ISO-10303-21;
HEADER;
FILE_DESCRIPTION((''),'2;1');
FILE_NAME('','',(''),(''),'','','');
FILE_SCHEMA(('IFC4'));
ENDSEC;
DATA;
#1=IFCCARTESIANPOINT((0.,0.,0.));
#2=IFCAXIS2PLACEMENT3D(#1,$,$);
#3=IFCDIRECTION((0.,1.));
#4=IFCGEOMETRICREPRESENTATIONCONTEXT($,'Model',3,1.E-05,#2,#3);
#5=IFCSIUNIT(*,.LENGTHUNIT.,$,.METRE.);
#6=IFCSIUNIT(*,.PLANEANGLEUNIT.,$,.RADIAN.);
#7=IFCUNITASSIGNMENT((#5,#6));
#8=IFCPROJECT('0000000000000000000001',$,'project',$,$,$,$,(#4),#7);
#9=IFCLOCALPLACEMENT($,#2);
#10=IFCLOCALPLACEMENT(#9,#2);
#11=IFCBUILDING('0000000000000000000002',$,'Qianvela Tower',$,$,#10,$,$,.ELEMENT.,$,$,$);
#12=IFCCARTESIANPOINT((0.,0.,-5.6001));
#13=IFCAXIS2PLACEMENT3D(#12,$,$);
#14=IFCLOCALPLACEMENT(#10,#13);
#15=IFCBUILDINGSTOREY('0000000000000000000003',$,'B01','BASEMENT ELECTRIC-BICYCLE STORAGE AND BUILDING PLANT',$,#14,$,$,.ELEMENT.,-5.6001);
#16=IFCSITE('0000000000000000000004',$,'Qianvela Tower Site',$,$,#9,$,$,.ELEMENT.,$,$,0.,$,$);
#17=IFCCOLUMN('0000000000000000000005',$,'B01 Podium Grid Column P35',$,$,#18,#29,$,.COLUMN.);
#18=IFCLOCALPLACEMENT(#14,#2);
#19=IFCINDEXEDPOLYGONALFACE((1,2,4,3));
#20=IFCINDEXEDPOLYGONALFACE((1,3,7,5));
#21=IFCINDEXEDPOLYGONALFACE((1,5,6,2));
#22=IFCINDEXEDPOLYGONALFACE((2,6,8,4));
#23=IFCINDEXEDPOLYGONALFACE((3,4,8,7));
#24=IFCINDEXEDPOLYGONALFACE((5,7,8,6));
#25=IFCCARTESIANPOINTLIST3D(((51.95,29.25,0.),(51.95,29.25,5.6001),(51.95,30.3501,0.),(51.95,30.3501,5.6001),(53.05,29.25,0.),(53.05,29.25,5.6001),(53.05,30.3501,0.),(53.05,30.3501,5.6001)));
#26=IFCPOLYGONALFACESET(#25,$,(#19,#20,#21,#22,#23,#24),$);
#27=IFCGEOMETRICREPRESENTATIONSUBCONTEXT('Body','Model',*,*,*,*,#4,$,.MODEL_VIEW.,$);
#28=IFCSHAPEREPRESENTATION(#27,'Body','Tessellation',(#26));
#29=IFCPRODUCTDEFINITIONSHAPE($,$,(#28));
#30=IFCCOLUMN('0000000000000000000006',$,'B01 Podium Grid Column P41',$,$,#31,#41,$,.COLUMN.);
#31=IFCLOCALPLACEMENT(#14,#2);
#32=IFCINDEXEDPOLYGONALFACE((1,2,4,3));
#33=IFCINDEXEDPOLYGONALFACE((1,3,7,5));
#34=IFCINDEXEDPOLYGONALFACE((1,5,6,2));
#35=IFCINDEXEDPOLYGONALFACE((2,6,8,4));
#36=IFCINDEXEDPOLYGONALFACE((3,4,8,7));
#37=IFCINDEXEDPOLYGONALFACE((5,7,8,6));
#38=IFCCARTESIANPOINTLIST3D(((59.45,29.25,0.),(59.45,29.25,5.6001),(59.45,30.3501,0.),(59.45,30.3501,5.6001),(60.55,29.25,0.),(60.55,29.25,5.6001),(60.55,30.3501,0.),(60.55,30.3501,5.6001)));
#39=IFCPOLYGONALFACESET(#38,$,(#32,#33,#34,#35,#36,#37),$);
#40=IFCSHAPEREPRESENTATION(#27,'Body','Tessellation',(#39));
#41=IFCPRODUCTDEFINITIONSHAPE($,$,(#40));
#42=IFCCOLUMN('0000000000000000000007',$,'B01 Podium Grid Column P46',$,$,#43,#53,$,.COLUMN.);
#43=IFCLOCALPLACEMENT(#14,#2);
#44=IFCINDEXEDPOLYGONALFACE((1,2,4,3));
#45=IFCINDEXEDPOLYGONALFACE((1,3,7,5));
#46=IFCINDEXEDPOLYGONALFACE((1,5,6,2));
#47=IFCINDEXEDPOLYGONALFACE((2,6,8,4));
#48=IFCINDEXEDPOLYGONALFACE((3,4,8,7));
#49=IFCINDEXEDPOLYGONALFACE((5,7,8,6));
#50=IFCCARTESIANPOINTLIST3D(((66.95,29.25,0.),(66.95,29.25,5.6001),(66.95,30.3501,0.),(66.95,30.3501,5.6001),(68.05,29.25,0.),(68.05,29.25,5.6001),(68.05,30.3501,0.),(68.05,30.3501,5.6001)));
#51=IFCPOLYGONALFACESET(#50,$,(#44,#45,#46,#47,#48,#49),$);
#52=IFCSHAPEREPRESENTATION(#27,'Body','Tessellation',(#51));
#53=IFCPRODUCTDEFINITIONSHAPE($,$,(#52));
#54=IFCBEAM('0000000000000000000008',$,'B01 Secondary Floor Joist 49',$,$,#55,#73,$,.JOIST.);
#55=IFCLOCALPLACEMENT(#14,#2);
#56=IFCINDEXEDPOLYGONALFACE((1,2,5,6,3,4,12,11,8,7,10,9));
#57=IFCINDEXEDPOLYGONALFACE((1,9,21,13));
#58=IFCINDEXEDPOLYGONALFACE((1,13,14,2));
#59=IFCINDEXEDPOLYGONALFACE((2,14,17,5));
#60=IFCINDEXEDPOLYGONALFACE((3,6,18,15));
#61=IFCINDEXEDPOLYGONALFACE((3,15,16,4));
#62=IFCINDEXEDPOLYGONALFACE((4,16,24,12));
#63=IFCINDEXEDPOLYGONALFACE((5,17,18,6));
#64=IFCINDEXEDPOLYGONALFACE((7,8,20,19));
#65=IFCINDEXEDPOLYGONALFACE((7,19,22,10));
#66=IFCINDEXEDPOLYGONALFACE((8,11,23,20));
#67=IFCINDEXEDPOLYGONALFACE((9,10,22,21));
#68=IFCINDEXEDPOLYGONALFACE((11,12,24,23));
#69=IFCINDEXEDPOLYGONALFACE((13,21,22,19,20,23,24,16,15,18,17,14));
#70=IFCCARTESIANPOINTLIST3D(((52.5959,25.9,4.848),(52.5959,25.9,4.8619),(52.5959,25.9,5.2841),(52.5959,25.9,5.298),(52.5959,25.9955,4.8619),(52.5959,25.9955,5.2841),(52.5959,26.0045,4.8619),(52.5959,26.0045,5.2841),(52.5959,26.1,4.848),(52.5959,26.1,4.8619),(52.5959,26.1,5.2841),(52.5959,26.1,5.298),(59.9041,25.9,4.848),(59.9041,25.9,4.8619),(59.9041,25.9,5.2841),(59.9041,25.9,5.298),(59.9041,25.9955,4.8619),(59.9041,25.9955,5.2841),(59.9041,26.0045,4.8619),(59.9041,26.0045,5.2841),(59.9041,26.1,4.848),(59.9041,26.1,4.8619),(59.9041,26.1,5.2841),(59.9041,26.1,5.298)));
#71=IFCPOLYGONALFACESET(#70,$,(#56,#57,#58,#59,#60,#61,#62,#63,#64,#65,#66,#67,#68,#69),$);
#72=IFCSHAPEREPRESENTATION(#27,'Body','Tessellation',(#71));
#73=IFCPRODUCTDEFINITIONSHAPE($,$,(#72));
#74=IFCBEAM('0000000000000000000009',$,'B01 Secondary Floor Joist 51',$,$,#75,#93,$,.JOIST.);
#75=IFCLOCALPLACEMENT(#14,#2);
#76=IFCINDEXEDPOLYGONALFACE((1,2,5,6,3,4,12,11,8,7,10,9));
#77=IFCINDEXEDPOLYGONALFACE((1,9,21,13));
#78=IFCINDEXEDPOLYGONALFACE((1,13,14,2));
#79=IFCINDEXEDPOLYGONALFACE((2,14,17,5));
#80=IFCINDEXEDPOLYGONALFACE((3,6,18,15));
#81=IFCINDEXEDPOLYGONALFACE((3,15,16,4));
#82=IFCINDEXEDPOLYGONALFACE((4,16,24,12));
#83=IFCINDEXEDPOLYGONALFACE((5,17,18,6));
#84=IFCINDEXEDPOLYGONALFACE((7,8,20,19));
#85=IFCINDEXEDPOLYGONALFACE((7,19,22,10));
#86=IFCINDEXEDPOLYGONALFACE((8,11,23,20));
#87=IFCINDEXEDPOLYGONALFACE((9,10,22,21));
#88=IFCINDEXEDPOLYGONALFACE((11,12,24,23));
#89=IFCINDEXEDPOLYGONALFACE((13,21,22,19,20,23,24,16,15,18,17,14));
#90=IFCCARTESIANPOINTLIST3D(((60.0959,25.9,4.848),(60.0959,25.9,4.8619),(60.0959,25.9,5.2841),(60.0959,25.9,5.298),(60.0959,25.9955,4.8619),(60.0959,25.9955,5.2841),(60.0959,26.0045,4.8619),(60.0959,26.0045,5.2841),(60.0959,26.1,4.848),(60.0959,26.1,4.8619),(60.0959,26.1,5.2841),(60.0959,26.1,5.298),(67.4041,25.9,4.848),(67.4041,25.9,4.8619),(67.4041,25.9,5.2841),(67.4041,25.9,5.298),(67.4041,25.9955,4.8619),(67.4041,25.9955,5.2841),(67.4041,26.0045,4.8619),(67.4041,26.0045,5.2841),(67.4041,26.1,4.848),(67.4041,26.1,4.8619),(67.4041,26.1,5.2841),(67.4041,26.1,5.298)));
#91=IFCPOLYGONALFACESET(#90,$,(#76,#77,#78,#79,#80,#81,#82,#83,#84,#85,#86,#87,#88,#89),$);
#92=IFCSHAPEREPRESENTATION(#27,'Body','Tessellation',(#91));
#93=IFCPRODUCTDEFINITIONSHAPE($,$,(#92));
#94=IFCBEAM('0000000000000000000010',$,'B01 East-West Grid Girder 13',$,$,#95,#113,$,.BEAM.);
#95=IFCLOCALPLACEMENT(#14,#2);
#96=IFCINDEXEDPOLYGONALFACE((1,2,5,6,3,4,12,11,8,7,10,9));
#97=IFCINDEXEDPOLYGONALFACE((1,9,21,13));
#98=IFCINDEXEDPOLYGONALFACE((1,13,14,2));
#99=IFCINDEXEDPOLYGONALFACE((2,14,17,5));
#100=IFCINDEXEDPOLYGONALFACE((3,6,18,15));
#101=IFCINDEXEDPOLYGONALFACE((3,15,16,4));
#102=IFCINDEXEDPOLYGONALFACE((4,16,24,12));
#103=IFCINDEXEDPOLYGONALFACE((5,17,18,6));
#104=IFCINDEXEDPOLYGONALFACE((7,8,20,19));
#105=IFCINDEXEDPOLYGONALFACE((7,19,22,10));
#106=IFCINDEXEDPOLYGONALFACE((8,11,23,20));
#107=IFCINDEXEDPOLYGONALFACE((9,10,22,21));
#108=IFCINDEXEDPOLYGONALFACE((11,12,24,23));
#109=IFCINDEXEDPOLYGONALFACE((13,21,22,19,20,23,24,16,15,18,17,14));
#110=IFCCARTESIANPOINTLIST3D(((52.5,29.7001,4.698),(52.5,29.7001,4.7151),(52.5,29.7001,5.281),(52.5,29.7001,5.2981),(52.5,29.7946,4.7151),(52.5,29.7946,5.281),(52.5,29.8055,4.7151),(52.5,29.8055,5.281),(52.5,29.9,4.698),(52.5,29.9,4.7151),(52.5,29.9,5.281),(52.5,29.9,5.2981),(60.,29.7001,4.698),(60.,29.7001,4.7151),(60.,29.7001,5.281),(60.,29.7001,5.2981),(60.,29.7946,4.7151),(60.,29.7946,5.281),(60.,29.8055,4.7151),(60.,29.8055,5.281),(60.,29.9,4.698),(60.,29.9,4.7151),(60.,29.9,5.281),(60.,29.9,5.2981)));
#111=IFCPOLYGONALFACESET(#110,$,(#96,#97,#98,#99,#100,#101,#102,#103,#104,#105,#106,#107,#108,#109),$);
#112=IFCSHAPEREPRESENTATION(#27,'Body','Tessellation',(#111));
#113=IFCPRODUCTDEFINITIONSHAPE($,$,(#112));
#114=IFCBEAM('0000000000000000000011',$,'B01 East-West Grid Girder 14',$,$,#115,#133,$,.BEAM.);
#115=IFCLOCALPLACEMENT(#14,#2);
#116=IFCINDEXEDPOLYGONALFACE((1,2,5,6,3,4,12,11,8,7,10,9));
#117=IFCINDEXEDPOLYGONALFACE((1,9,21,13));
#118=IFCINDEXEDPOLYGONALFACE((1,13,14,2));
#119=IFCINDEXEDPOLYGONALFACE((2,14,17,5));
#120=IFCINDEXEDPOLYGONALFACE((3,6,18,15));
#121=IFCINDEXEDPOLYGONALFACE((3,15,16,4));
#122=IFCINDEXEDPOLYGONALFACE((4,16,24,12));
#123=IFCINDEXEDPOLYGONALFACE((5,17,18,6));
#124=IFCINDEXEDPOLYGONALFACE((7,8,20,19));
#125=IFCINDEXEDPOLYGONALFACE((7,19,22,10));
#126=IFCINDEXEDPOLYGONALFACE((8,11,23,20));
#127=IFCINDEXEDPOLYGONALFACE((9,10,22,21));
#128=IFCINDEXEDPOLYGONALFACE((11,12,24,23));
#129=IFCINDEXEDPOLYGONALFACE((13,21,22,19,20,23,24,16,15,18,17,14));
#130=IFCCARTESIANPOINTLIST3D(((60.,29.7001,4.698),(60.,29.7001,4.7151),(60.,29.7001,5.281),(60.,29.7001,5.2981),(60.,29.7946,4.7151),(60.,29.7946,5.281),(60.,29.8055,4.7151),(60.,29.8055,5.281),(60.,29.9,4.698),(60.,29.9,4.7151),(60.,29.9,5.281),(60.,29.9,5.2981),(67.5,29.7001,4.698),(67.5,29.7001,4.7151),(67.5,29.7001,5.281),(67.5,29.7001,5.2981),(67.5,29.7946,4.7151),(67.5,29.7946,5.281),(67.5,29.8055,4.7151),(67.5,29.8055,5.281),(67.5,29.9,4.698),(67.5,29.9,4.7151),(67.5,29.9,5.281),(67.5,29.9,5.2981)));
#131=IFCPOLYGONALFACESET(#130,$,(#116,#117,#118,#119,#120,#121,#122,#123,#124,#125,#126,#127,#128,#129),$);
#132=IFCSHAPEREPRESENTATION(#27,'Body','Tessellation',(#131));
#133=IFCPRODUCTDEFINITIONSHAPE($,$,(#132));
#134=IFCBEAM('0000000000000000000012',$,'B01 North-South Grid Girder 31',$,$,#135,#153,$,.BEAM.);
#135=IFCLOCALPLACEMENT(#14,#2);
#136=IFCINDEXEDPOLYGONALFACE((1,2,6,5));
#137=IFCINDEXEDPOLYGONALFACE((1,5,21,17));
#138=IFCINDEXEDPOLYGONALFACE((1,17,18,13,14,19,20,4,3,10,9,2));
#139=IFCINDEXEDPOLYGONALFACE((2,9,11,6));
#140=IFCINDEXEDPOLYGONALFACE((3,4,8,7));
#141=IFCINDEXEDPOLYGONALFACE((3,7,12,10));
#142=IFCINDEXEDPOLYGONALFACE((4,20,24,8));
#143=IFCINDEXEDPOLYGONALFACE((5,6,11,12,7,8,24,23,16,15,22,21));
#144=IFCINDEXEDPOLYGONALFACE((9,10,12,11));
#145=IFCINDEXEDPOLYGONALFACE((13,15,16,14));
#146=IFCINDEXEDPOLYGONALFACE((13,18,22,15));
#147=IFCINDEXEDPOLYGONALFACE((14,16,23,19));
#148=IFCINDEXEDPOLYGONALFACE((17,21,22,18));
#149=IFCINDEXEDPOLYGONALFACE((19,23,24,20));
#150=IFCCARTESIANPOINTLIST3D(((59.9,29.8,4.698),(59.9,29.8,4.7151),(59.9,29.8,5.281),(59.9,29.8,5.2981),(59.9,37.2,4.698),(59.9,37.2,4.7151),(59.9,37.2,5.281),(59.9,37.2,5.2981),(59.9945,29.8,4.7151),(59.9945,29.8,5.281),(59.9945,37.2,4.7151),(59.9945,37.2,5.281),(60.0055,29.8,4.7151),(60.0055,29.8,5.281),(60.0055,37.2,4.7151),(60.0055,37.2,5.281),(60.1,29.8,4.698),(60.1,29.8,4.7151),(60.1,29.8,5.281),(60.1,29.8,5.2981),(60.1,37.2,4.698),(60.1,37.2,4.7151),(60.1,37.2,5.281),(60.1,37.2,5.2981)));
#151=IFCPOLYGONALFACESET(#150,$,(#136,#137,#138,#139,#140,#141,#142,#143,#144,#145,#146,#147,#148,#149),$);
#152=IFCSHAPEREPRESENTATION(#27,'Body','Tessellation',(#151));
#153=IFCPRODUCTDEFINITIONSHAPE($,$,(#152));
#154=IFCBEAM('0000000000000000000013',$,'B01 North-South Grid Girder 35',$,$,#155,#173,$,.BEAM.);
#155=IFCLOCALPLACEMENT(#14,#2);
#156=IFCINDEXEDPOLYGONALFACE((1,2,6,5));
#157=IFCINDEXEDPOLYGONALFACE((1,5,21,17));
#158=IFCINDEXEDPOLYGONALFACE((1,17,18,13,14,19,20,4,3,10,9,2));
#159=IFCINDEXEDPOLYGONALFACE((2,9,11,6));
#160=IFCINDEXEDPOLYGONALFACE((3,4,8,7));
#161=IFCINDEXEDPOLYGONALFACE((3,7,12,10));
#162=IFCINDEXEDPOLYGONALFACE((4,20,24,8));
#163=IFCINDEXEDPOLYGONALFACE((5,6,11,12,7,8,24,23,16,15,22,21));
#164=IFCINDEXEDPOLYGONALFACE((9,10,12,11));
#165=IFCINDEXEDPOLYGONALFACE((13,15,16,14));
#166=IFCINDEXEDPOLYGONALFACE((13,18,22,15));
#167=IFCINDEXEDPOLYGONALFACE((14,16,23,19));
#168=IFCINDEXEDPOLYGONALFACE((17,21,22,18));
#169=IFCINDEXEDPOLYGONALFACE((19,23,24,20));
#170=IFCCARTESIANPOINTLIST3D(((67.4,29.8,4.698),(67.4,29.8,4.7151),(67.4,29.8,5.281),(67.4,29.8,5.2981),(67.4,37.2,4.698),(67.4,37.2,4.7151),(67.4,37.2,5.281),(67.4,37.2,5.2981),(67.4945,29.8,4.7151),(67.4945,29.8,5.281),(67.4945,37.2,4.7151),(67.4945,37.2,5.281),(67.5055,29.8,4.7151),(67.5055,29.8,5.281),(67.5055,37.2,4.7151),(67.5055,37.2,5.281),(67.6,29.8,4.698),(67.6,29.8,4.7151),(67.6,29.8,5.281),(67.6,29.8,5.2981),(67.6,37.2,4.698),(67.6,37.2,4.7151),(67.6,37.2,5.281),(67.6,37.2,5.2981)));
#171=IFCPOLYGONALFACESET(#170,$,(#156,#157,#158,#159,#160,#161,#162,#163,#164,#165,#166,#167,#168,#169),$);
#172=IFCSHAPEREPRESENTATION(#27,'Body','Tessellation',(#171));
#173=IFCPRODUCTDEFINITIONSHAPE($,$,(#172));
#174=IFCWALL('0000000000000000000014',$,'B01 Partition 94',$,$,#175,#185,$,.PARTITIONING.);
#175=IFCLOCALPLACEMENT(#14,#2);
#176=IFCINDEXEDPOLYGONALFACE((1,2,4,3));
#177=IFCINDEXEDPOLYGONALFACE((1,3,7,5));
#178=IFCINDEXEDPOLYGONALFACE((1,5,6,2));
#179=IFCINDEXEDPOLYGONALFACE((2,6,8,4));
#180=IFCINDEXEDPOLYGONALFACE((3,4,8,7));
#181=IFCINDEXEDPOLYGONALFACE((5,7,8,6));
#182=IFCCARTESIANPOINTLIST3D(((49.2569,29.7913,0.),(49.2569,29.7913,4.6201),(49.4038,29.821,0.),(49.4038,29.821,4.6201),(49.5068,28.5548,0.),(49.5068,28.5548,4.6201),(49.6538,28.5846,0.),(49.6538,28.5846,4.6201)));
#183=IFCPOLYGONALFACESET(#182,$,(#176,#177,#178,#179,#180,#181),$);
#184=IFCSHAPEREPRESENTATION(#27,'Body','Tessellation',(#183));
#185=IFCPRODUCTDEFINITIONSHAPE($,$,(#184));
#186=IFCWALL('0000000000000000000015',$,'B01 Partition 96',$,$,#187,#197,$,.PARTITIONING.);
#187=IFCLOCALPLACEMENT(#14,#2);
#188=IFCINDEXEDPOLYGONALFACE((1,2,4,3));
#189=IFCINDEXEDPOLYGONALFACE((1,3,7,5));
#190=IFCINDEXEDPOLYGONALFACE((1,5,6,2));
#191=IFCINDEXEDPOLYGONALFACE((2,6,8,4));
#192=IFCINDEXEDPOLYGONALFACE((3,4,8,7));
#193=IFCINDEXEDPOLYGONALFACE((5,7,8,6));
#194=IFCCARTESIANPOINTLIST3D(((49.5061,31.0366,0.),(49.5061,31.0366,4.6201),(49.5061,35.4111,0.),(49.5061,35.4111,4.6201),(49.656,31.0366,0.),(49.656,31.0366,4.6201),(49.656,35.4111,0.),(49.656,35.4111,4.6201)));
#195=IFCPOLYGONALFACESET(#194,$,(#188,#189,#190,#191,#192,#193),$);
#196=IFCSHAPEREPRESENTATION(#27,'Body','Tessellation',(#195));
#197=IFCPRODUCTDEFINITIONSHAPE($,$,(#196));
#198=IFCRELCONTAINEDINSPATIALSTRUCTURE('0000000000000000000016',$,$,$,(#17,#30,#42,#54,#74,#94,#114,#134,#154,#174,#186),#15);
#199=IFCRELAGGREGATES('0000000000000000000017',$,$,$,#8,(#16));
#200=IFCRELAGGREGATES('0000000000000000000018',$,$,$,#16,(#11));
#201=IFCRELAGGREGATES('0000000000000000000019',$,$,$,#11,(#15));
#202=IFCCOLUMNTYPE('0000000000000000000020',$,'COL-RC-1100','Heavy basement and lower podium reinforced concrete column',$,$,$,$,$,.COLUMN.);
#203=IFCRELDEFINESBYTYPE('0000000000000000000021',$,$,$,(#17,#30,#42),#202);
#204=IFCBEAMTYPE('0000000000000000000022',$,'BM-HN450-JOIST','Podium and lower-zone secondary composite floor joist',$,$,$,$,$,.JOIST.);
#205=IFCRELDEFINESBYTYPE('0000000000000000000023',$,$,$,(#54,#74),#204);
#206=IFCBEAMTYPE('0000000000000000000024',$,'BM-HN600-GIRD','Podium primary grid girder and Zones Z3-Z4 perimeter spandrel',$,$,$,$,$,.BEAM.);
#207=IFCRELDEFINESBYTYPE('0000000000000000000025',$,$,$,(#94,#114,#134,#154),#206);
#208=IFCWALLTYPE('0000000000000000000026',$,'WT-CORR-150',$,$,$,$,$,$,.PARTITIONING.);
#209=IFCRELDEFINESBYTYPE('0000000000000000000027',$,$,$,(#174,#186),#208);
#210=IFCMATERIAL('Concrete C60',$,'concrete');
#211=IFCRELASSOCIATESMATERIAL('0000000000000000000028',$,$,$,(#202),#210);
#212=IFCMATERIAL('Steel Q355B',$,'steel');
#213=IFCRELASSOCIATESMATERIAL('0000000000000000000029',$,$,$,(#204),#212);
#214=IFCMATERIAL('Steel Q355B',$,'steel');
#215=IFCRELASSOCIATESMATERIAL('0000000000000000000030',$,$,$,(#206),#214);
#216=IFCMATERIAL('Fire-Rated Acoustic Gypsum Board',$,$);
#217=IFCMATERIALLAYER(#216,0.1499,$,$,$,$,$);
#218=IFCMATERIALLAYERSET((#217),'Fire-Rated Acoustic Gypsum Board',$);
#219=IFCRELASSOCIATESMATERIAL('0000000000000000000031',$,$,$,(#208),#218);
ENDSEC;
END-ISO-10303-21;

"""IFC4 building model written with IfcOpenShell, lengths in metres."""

from ifc_helpers import new_model, si_unit, direction, frame, frame_2d, origin, origin_2d, place, context, subcontext, project, spatial, rectangle, i_section, extrude, material, layer, layer_set, material_profile, profile_set, type_object, element, save


model = new_model("IFC4")

# Units and contexts
model_context = context("Model", 3, precision=1e-05, world=origin(), true_north=direction((0.0, 1.0)))
body_context = subcontext(model_context, "Body", "Model", "MODEL_VIEW")
ifc_project = project(units=[si_unit("LENGTHUNIT", "METRE"), si_unit("PLANEANGLEUNIT", "RADIAN")], contexts=[model_context])

# Site, building, storey
site_placement = place(None, origin())
site = spatial("IfcSite", under=ifc_project, at=site_placement, Name="Qianvela Tower Site", CompositionType="ELEMENT", RefElevation=0.0)
building_placement = place(site_placement, origin())
building = spatial("IfcBuilding", under=site, at=building_placement, Name="Qianvela Tower", CompositionType="ELEMENT")
storey_placement = place(building_placement, frame((0.0, 0.0, -5.6001)))
storey = spatial("IfcBuildingStorey", under=building, at=storey_placement, Name="B01", Description="BASEMENT ELECTRIC-BICYCLE STORAGE AND BUILDING PLANT", CompositionType="ELEMENT", Elevation=-5.6001)

# Columns
ifc_material_1 = material(Name="Concrete C60", Category="concrete")
ifc_material_profile_1 = material_profile(ifc_material_1, rectangle(XDim=1.1001, YDim=1.1001, at=origin_2d()), Name="RC-COL-1100x1100")
ifc_profile_set_1 = profile_set([ifc_material_profile_1], Name="Concrete C60")
column_type = type_object("IfcColumnType", Name="COL-RC-1100", Description="Heavy basement and lower podium reinforced concrete column", PredefinedType="COLUMN", material=ifc_profile_set_1)
for number, where, z_axis, x_axis, name in (
    (1, (52.5, 29.8, 0.0), (0.0, 0.0, 1.0), (1.0, 0.0, 0.0), "B01 Podium Grid Column P35"),
    (2, (60.0, 29.8, 0.0), (0.0, 0.0, 1.0), (1.0, 0.0, 0.0), "B01 Podium Grid Column P41"),
    (3, (67.5, 29.8, 0.0), (0.0, 0.0, 1.0), (1.0, 0.0, 0.0), "B01 Podium Grid Column P46"),
):
    element("IfcColumn", number, at=place(storey_placement, frame(where, z_axis=z_axis, x_axis=x_axis)), inside=storey, type_object=column_type, Name=name, PredefinedType="COLUMN", context=body_context, shape_type="SweptSolid", body=[
        extrude(rectangle(XDim=1.1001, YDim=1.1001, at=origin_2d()), origin(), (0.0, 0.0, 1.0), 5.6001),
    ])

# Beams
ifc_material_2 = material(Name="Steel Q355B", Category="steel")
ifc_material_profile_2 = material_profile(ifc_material_2, i_section(OverallWidth=0.2, OverallDepth=0.45, WebThickness=0.009, FlangeThickness=0.0139, at=origin_2d()), Name="HN450x200x9x14")
ifc_profile_set_2 = profile_set([ifc_material_profile_2], Name="Steel Q355B")
beam_type_1 = type_object("IfcBeamType", Name="BM-HN450-JOIST", Description="Podium and lower-zone secondary composite floor joist", PredefinedType="JOIST", material=ifc_profile_set_2)
for number, where, z_axis, x_axis, name in (
    (4, (52.5959, 26.0, 5.073), (1.0, 0.0, 0.0), (0.0, 1.0, 0.0), "B01 Secondary Floor Joist 49"),
    (5, (60.0959, 26.0, 5.073), (1.0, 0.0, 0.0), (0.0, 1.0, 0.0), "B01 Secondary Floor Joist 51"),
):
    element("IfcBeam", number, at=place(storey_placement, frame(where, z_axis=z_axis, x_axis=x_axis)), inside=storey, type_object=beam_type_1, Name=name, PredefinedType="JOIST", context=body_context, shape_type="SweptSolid", body=[
        extrude(i_section(OverallWidth=0.2, OverallDepth=0.45, WebThickness=0.009, FlangeThickness=0.0139, at=origin_2d()), origin(), (0.0, 0.0, 1.0), 7.3081),
    ])
ifc_material_3 = material(Name="Steel Q355B", Category="steel")
ifc_material_profile_3 = material_profile(ifc_material_3, i_section(OverallWidth=0.2, OverallDepth=0.6001, WebThickness=0.011, FlangeThickness=0.0171, at=origin_2d()), Name="HN600x200x11x17")
ifc_profile_set_3 = profile_set([ifc_material_profile_3], Name="Steel Q355B")
beam_type_2 = type_object("IfcBeamType", Name="BM-HN600-GIRD", Description="Podium primary grid girder and Zones Z3-Z4 perimeter spandrel", PredefinedType="BEAM", material=ifc_profile_set_3)
for number, where, z_axis, x_axis, name in (
    (6, (52.5, 29.8, 4.998), (1.0, 0.0, 0.0), (0.0, 1.0, 0.0), "B01 East-West Grid Girder 13"),
    (7, (60.0, 29.8, 4.998), (1.0, 0.0, 0.0), (0.0, 1.0, 0.0), "B01 East-West Grid Girder 14"),
):
    element("IfcBeam", number, at=place(storey_placement, frame(where, z_axis=z_axis, x_axis=x_axis)), inside=storey, type_object=beam_type_2, Name=name, PredefinedType="BEAM", context=body_context, shape_type="SweptSolid", body=[
        extrude(i_section(OverallWidth=0.2, OverallDepth=0.6001, WebThickness=0.011, FlangeThickness=0.0171, at=origin_2d()), origin(), (0.0, 0.0, 1.0), 7.5),
    ])
for number, where, z_axis, x_axis, name in (
    (8, (60.0, 29.8, 4.998), (0.0, 1.0, 0.0), (-1.0, 0.0, 0.0), "B01 North-South Grid Girder 31"),
    (9, (67.5, 29.8, 4.998), (0.0, 1.0, 0.0), (-1.0, 0.0, 0.0), "B01 North-South Grid Girder 35"),
):
    element("IfcBeam", number, at=place(storey_placement, frame(where, z_axis=z_axis, x_axis=x_axis)), inside=storey, type_object=beam_type_2, Name=name, PredefinedType="BEAM", context=body_context, shape_type="SweptSolid", body=[
        extrude(i_section(OverallWidth=0.2, OverallDepth=0.6001, WebThickness=0.011, FlangeThickness=0.0171, at=origin_2d()), origin(), (0.0, 0.0, 1.0), 7.3999),
    ])

# Walls
ifc_material_4 = material(Name="Fire-Rated Acoustic Gypsum Board")
ifc_layer = layer(ifc_material_4, 0.1499)
ifc_layer_set = layer_set([ifc_layer], Name="Fire-Rated Acoustic Gypsum Board")
wall_type = type_object("IfcWallType", Name="WT-CORR-150", PredefinedType="PARTITIONING", material=ifc_layer_set)
wall_1_placement = place(storey_placement, frame((49.5803, 28.5696, 0.0), z_axis=(0.0, 0.0, 1.0), x_axis=(-0.198163, 0.980169, 0.0)))
element("IfcWall", 10, at=wall_1_placement, inside=storey, type_object=wall_type, Name="B01 Partition 94", PredefinedType="PARTITIONING", context=body_context, shape_type="SweptSolid", body=[
    extrude(rectangle(XDim=1.2615, YDim=0.1499, at=frame_2d((0.6309, 0.0))), origin(), (0.0, 0.0, 1.0), 4.6201),
])
wall_2_placement = place(storey_placement, frame((49.5811, 31.0366, 0.0), z_axis=(0.0, 0.0, 1.0), x_axis=(0.0, 1.0, 0.0)))
element("IfcWall", 11, at=wall_2_placement, inside=storey, type_object=wall_type, Name="B01 Partition 96", PredefinedType="PARTITIONING", context=body_context, shape_type="SweptSolid", body=[
    extrude(rectangle(XDim=4.3745, YDim=0.1499, at=frame_2d((2.1873, 0.0))), origin(), (0.0, 0.0, 1.0), 4.6201),
])

save(model, "model.ifc")
